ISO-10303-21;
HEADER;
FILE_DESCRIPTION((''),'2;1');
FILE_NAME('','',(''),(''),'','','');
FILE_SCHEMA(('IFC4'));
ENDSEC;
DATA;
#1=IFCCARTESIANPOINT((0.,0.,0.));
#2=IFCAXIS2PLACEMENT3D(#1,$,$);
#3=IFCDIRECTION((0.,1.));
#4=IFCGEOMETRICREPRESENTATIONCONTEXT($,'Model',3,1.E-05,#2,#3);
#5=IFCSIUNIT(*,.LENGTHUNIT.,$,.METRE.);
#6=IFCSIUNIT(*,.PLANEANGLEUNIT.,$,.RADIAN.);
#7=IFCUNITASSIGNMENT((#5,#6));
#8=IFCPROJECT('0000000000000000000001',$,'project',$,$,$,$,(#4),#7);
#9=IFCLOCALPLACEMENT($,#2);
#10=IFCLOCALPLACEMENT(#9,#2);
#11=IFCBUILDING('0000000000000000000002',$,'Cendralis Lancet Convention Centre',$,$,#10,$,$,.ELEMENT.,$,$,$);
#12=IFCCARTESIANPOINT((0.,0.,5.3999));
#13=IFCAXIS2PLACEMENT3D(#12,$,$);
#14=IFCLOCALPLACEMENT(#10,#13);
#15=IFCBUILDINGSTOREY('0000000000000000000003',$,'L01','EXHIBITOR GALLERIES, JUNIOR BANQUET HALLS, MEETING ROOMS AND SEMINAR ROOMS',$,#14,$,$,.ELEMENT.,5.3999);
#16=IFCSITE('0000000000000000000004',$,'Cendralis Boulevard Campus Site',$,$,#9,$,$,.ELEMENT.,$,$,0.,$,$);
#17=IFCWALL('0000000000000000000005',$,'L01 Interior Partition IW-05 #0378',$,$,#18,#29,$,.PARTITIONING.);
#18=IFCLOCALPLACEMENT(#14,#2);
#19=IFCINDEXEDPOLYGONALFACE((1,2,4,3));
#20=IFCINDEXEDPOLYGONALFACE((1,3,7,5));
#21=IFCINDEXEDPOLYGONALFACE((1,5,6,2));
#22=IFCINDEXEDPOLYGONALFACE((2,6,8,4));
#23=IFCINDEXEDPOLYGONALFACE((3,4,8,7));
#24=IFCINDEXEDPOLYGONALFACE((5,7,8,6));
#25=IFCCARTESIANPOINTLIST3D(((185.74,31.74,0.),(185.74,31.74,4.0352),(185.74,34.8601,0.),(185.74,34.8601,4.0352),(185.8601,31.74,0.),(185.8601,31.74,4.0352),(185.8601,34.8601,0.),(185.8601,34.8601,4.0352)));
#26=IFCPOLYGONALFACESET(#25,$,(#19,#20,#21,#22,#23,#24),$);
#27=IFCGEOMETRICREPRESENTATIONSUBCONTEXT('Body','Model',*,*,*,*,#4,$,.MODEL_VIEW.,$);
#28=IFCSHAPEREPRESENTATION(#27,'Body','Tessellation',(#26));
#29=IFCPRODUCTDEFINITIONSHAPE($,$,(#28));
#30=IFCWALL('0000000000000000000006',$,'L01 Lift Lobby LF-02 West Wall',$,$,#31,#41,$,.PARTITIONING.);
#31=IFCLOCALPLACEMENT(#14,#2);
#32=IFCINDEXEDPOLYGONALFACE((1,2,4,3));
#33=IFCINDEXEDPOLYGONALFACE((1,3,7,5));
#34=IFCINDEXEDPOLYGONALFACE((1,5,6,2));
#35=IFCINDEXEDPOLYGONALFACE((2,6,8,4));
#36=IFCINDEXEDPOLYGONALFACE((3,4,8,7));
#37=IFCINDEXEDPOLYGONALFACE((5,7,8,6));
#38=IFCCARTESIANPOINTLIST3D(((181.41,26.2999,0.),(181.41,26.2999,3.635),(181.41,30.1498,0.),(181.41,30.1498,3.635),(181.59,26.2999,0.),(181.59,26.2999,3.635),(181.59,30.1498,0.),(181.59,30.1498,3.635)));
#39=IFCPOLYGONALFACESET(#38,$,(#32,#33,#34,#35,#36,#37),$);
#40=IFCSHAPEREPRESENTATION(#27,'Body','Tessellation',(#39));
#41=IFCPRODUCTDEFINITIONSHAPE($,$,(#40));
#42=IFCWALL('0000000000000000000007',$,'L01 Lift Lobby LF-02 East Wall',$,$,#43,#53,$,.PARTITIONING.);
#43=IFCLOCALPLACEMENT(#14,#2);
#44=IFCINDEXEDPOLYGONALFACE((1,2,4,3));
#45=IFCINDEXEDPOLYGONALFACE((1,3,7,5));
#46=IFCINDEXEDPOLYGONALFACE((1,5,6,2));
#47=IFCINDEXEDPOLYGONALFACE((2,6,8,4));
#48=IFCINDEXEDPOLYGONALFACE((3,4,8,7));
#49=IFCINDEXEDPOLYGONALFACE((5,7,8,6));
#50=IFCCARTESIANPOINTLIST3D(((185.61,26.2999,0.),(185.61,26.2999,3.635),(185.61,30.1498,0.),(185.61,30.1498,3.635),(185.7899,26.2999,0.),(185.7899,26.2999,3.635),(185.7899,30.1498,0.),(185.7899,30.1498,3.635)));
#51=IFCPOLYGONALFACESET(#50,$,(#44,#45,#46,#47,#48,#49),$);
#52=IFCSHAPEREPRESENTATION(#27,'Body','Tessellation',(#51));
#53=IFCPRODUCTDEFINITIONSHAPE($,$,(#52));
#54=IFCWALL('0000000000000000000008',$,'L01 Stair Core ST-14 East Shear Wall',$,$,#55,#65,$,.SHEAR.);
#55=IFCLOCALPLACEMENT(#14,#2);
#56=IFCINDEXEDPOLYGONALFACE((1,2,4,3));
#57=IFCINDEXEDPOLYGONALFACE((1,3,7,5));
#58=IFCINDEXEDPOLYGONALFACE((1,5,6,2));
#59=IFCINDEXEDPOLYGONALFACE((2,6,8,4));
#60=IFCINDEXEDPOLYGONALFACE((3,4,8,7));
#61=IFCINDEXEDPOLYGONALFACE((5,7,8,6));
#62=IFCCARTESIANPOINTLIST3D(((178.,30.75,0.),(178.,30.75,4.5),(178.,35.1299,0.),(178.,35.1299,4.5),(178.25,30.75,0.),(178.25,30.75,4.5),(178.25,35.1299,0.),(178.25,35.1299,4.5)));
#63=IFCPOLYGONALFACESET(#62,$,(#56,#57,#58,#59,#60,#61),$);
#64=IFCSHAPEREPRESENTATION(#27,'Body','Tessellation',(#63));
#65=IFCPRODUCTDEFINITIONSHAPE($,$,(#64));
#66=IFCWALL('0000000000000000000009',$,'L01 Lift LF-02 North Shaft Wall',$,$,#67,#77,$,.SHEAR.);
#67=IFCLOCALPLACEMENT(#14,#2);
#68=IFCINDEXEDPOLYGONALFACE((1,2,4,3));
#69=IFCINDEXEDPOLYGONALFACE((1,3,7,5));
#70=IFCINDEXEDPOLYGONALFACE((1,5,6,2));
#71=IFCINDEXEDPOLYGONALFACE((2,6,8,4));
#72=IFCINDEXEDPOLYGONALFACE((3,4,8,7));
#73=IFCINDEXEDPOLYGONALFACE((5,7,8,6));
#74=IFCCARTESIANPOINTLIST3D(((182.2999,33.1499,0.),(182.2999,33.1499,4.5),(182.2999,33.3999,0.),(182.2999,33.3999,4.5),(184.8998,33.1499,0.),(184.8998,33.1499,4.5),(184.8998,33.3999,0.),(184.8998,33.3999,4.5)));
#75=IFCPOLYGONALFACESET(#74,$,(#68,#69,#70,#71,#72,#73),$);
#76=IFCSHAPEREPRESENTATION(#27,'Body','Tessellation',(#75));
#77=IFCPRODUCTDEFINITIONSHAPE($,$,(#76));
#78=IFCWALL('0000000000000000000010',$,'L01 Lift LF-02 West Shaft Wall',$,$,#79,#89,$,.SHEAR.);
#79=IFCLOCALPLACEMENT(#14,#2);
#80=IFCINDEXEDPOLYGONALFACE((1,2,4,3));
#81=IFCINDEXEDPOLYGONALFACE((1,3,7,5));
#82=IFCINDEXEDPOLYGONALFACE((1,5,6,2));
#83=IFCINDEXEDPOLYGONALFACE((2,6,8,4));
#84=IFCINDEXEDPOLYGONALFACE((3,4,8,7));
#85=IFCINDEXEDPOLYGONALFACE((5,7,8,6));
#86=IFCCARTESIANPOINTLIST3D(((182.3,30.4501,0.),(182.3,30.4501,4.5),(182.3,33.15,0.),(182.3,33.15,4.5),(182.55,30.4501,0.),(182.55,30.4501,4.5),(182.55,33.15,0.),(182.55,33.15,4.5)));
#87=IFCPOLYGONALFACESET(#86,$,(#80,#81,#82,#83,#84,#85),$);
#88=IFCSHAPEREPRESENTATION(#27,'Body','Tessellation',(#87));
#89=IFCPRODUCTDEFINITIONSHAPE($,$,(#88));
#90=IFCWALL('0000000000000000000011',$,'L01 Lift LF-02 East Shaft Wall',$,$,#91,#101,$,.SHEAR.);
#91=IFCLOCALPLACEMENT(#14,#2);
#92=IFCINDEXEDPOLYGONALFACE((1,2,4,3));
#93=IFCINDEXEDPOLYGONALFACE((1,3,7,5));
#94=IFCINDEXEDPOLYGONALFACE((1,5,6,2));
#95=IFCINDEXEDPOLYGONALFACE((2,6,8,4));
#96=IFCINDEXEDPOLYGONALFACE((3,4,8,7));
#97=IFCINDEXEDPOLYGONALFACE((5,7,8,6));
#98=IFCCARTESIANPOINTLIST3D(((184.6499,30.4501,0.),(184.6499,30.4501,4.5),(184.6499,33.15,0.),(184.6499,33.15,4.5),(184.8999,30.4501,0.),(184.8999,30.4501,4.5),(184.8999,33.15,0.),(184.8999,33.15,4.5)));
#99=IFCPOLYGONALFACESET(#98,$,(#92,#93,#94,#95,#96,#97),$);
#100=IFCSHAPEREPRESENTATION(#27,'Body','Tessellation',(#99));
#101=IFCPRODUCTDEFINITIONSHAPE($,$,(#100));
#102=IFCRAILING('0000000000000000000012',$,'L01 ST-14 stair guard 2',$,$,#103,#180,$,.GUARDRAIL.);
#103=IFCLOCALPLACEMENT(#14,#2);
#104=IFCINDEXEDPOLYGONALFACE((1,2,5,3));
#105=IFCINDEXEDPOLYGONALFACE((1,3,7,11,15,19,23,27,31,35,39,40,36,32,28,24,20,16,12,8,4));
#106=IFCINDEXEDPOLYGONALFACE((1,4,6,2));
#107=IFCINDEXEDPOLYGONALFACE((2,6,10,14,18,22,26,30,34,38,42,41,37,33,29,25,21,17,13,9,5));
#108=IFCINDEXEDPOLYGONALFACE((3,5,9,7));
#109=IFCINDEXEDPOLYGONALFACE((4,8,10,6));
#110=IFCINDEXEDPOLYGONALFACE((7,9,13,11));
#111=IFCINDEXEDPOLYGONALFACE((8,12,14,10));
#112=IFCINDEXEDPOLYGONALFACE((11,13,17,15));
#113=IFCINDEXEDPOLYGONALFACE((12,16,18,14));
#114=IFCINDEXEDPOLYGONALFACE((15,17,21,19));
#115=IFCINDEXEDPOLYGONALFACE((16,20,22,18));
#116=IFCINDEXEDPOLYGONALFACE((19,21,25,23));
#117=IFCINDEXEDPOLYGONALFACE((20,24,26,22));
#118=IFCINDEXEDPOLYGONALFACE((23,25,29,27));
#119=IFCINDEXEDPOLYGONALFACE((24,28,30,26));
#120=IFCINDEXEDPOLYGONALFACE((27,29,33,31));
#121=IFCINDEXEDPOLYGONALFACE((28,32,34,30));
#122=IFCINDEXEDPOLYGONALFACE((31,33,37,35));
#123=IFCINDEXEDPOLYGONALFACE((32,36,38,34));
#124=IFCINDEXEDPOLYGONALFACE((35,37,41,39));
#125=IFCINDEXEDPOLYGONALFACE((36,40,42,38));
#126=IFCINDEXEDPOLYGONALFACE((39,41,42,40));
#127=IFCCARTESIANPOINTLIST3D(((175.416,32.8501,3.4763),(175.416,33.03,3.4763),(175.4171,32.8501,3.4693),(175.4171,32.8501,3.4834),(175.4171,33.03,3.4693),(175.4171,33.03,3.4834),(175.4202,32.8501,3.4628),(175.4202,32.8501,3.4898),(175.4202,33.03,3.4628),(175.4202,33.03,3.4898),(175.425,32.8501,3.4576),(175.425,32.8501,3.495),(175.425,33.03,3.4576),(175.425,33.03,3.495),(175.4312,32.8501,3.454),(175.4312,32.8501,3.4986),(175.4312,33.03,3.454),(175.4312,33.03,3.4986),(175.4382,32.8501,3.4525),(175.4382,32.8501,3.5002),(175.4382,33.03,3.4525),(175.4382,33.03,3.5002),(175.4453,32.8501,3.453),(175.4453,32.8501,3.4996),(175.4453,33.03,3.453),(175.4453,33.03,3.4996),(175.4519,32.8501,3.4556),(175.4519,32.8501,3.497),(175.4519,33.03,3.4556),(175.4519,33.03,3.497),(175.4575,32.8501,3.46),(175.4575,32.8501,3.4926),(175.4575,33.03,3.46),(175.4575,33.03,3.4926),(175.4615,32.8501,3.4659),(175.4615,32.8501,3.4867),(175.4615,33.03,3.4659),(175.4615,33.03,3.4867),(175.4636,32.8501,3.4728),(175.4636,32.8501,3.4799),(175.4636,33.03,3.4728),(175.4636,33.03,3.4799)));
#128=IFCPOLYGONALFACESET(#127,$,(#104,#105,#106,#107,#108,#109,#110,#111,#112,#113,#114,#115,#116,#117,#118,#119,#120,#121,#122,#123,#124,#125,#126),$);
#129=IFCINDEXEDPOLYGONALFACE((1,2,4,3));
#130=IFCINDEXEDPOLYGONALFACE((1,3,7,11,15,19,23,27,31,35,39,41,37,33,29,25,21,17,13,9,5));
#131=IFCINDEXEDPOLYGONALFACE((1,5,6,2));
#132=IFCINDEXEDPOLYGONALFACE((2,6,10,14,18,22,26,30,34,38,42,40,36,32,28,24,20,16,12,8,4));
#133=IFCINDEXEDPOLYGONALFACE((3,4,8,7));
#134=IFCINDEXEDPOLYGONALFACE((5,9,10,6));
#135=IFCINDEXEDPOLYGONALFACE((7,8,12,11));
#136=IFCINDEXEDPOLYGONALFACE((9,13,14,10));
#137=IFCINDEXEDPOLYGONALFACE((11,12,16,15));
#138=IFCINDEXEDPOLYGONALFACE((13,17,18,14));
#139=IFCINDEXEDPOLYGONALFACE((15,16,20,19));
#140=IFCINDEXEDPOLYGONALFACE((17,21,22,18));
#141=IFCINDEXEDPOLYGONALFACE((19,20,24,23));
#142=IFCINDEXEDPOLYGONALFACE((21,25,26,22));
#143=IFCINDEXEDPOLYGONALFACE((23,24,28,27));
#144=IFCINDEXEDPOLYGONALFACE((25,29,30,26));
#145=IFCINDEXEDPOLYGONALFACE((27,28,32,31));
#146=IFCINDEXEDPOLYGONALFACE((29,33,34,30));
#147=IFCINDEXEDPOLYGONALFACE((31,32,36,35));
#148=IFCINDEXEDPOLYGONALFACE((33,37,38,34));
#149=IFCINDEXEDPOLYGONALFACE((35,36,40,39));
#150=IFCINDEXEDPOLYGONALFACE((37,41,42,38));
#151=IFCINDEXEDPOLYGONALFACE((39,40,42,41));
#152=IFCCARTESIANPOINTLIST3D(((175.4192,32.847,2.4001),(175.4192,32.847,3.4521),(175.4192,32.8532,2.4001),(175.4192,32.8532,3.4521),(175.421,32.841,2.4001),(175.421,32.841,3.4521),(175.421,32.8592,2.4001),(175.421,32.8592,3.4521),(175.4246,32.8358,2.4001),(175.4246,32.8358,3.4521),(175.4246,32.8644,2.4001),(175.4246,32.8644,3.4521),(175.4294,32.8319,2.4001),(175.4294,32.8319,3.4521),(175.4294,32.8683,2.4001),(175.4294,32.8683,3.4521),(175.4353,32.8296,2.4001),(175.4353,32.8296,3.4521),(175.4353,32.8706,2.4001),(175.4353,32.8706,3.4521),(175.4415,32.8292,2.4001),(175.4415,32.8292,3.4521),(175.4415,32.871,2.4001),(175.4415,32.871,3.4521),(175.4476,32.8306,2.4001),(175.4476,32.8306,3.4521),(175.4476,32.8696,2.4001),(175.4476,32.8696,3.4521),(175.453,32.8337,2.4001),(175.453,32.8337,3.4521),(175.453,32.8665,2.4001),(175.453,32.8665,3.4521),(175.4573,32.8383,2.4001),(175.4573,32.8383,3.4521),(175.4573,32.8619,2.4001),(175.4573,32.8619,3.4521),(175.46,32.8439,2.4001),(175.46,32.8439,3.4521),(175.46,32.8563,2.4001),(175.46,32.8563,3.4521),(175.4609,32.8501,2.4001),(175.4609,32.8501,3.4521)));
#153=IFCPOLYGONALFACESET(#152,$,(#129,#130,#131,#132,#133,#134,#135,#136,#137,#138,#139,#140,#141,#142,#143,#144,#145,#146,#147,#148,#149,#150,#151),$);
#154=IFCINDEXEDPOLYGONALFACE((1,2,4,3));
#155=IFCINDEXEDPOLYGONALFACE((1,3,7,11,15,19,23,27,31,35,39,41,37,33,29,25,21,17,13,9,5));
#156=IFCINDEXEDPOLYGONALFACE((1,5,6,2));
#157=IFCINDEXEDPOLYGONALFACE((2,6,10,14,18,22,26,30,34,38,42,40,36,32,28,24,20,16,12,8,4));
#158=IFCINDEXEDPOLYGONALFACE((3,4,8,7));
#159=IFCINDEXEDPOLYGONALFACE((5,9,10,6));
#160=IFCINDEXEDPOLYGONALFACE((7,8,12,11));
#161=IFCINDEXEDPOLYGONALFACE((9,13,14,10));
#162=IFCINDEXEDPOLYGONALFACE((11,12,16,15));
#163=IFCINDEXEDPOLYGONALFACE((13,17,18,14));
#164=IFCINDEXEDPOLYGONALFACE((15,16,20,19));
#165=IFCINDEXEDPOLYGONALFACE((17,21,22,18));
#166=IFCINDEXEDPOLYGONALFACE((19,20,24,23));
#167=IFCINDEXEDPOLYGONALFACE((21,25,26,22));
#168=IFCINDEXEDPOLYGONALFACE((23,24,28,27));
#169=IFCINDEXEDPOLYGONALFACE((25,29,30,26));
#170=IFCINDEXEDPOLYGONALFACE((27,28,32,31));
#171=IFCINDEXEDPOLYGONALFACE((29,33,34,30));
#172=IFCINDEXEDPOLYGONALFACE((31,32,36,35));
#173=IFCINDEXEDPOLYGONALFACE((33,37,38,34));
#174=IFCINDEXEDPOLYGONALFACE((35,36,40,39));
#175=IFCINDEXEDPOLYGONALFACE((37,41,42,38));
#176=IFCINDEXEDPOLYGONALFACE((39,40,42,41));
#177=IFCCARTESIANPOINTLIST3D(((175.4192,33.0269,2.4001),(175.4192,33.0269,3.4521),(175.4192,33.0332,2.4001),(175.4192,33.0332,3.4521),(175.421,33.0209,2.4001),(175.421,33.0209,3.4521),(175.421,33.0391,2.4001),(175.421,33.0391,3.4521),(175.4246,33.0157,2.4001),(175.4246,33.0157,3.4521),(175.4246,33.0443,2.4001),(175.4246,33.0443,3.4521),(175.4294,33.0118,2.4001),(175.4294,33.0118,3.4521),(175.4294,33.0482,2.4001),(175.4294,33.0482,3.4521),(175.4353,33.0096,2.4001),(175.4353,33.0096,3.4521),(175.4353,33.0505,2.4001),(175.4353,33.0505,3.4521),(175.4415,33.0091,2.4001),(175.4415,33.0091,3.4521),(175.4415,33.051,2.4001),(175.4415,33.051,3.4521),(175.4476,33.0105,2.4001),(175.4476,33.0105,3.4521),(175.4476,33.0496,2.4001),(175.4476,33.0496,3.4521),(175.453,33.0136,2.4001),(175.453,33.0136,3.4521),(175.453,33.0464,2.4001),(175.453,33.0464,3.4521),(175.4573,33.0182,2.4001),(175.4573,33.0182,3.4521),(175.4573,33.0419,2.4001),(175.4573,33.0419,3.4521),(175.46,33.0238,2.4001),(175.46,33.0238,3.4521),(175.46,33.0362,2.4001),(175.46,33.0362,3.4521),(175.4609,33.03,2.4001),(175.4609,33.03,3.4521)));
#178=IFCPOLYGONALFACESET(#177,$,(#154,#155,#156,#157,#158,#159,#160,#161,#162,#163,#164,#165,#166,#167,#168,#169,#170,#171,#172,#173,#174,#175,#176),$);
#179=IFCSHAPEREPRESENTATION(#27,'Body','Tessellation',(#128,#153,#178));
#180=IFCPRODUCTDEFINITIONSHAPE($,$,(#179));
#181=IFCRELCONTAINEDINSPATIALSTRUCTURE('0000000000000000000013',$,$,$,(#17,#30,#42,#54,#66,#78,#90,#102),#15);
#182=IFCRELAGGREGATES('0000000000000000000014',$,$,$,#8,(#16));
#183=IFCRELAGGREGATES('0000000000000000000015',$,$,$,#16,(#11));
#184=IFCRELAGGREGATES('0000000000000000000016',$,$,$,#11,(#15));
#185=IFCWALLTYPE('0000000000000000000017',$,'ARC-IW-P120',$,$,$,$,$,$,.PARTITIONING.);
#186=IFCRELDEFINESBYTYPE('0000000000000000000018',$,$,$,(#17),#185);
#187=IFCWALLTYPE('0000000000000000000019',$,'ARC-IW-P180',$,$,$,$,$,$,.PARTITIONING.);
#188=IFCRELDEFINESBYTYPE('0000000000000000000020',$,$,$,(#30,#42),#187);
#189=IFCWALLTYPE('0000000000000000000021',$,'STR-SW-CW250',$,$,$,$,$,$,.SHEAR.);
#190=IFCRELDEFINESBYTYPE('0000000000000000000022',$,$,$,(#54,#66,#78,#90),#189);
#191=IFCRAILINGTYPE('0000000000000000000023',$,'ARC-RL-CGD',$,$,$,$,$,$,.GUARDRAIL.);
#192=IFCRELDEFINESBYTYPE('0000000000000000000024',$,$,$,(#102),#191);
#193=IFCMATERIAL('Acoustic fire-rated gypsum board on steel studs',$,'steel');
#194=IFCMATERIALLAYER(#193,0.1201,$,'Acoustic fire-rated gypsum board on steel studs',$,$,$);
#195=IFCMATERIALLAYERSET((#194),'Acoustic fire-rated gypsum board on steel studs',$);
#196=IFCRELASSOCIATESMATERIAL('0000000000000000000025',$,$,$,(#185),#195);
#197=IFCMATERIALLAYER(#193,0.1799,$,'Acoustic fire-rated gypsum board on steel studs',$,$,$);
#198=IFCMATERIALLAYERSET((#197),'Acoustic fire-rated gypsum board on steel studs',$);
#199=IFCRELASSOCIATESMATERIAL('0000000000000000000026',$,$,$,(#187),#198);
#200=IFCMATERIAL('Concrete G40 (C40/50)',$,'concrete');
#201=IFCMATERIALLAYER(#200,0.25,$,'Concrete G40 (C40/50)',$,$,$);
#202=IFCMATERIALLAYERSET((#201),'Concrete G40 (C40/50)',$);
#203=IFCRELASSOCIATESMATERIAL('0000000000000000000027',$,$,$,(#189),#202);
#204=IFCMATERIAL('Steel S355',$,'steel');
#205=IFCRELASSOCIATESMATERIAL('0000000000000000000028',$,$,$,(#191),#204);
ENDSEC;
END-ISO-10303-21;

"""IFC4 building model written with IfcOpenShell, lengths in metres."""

from ifc_helpers import new_model, si_unit, direction, frame, frame_2d, origin, origin_2d, place, context, subcontext, project, spatial, rectangle, circle, extrude, material, layer, layer_set, type_object, element, save


model = new_model("IFC4")

# Units and contexts
model_context = context("Model", 3, precision=1e-05, world=origin(), true_north=direction((0.0, 1.0)))
body_context = subcontext(model_context, "Body", "Model", "MODEL_VIEW")
ifc_project = project(units=[si_unit("LENGTHUNIT", "METRE"), si_unit("PLANEANGLEUNIT", "RADIAN")], contexts=[model_context])

# Site, building, storey
site_placement = place(None, origin())
site = spatial("IfcSite", under=ifc_project, at=site_placement, Name="Cendralis Boulevard Campus Site", CompositionType="ELEMENT", RefElevation=0.0)
building_placement = place(site_placement, origin())
building = spatial("IfcBuilding", under=site, at=building_placement, Name="Cendralis Lancet Convention Centre", CompositionType="ELEMENT")
storey_placement = place(building_placement, frame((0.0, 0.0, 5.3999)))
storey = spatial("IfcBuildingStorey", under=building, at=storey_placement, Name="L01", Description="EXHIBITOR GALLERIES, JUNIOR BANQUET HALLS, MEETING ROOMS AND SEMINAR ROOMS", CompositionType="ELEMENT", Elevation=5.3999)

# Shared definitions
ifc_material_1 = material(Name="Concrete G40 (C40/50)", Category="concrete")

# Shared definitions
ifc_material_2 = material(Name="Steel S355", Category="steel")

# Shared definitions
ifc_material_3 = material(Name="Acoustic fire-rated gypsum board on steel studs", Category="steel")
ifc_layer_1 = layer(ifc_material_3, 0.1201, Name="Acoustic fire-rated gypsum board on steel studs")
ifc_layer_set_1 = layer_set([ifc_layer_1], Name="Acoustic fire-rated gypsum board on steel studs")
wall_type_1 = type_object("IfcWallType", Name="ARC-IW-P120", PredefinedType="PARTITIONING", material=ifc_layer_set_1)

# Wall
wall_1_placement = place(storey_placement, frame((185.8, 31.74, 0.0), z_axis=(0.0, 0.0, 1.0), x_axis=(0.0, 1.0, 0.0)))
element("IfcWall", 1, at=wall_1_placement, inside=storey, type_object=wall_type_1, Name="L01 Interior Partition IW-05 #0378", PredefinedType="PARTITIONING", context=body_context, shape_type="SweptSolid", body=[
    extrude(rectangle(XDim=3.1201, YDim=0.1201, at=frame_2d((1.5601, 0.0))), origin(), (0.0, 0.0, 1.0), 4.0352),
])

# Shared definitions
ifc_layer_2 = layer(ifc_material_3, 0.1799, Name="Acoustic fire-rated gypsum board on steel studs")
ifc_layer_set_2 = layer_set([ifc_layer_2], Name="Acoustic fire-rated gypsum board on steel studs")
wall_type_2 = type_object("IfcWallType", Name="ARC-IW-P180", PredefinedType="PARTITIONING", material=ifc_layer_set_2)

# Walls
for number, where, z_axis, x_axis, name in (
    (2, (181.5, 26.3, 0.0), (0.0, 0.0, 1.0), (0.0, 1.0, 0.0), "L01 Lift Lobby LF-02 West Wall"),
    (3, (185.7, 26.3, 0.0), (0.0, 0.0, 1.0), (0.0, 1.0, 0.0), "L01 Lift Lobby LF-02 East Wall"),
):
    element("IfcWall", number, at=place(storey_placement, frame(where, z_axis=z_axis, x_axis=x_axis)), inside=storey, type_object=wall_type_2, Name=name, PredefinedType="PARTITIONING", context=body_context, shape_type="SweptSolid", body=[
        extrude(rectangle(XDim=3.8499, YDim=0.1799, at=frame_2d((1.9248, 0.0))), origin(), (0.0, 0.0, 1.0), 3.635),
    ])
ifc_layer_3 = layer(ifc_material_1, 0.25, Name="Concrete G40 (C40/50)")
ifc_layer_set_3 = layer_set([ifc_layer_3], Name="Concrete G40 (C40/50)")
wall_type_3 = type_object("IfcWallType", Name="STR-SW-CW250", PredefinedType="SHEAR", material=ifc_layer_set_3)
wall_2_placement = place(storey_placement, frame((178.125, 30.75, 0.0), z_axis=(0.0, 0.0, 1.0), x_axis=(0.0, 1.0, 0.0)))
element("IfcWall", 4, at=wall_2_placement, inside=storey, type_object=wall_type_3, Name="L01 Stair Core ST-14 East Shear Wall", PredefinedType="SHEAR", context=body_context, shape_type="SweptSolid", body=[
    extrude(rectangle(XDim=4.3799, YDim=0.25, at=frame_2d((2.1899, 0.0))), origin(), (0.0, 0.0, 1.0), 4.5),
])

# Walls
wall_3_placement = place(storey_placement, frame((182.3, 33.2749, 0.0), z_axis=(0.0, 0.0, 1.0), x_axis=(1.0, 0.0, 0.0)))
element("IfcWall", 5, at=wall_3_placement, inside=storey, type_object=wall_type_3, Name="L01 Lift LF-02 North Shaft Wall", PredefinedType="SHEAR", context=body_context, shape_type="SweptSolid", body=[
    extrude(rectangle(XDim=2.5999, YDim=0.25, at=frame_2d((1.2998, 0.0))), origin(), (0.0, 0.0, 1.0), 4.5),
])
for number, where, z_axis, x_axis, name in (
    (6, (182.425, 30.45, 0.0), (0.0, 0.0, 1.0), (0.0, 1.0, 0.0), "L01 Lift LF-02 West Shaft Wall"),
    (7, (184.7749, 30.45, 0.0), (0.0, 0.0, 1.0), (0.0, 1.0, 0.0), "L01 Lift LF-02 East Shaft Wall"),
):
    element("IfcWall", number, at=place(storey_placement, frame(where, z_axis=z_axis, x_axis=x_axis)), inside=storey, type_object=wall_type_3, Name=name, PredefinedType="SHEAR", context=body_context, shape_type="SweptSolid", body=[
        extrude(rectangle(XDim=2.7, YDim=0.25, at=frame_2d((1.3501, 0.0))), origin(), (0.0, 0.0, 1.0), 4.5),
    ])

# Railing
railing_type_1 = type_object("IfcRailingType", Name="ARC-RL-CGD", PredefinedType="GUARDRAIL", material=ifc_material_2)
railing_1_placement = place(storey_placement, frame((175.4399, 32.8501, 2.4001)))
element("IfcRailing", 8, at=railing_1_placement, inside=storey, type_object=railing_type_1, Name="L01 ST-14 stair guard 2", PredefinedType="GUARDRAIL", context=body_context, shape_type="SweptSolid", body=[
    extrude(circle(Radius=0.0239, at=origin_2d()), frame((0.0, 0.0, 1.0762), z_axis=(0.0, 1.0, 0.0), x_axis=(-1.0, 0.0, 0.0)), (0.0, 0.0, 1.0), 0.1799),
    extrude(circle(Radius=0.021, at=origin_2d()), origin(), (0.0, 0.0, 1.0), 1.052),
    extrude(circle(Radius=0.021, at=origin_2d()), frame((0.0, 0.1799, 0.0)), (0.0, 0.0, 1.0), 1.052),
])

save(model, "model.ifc")
